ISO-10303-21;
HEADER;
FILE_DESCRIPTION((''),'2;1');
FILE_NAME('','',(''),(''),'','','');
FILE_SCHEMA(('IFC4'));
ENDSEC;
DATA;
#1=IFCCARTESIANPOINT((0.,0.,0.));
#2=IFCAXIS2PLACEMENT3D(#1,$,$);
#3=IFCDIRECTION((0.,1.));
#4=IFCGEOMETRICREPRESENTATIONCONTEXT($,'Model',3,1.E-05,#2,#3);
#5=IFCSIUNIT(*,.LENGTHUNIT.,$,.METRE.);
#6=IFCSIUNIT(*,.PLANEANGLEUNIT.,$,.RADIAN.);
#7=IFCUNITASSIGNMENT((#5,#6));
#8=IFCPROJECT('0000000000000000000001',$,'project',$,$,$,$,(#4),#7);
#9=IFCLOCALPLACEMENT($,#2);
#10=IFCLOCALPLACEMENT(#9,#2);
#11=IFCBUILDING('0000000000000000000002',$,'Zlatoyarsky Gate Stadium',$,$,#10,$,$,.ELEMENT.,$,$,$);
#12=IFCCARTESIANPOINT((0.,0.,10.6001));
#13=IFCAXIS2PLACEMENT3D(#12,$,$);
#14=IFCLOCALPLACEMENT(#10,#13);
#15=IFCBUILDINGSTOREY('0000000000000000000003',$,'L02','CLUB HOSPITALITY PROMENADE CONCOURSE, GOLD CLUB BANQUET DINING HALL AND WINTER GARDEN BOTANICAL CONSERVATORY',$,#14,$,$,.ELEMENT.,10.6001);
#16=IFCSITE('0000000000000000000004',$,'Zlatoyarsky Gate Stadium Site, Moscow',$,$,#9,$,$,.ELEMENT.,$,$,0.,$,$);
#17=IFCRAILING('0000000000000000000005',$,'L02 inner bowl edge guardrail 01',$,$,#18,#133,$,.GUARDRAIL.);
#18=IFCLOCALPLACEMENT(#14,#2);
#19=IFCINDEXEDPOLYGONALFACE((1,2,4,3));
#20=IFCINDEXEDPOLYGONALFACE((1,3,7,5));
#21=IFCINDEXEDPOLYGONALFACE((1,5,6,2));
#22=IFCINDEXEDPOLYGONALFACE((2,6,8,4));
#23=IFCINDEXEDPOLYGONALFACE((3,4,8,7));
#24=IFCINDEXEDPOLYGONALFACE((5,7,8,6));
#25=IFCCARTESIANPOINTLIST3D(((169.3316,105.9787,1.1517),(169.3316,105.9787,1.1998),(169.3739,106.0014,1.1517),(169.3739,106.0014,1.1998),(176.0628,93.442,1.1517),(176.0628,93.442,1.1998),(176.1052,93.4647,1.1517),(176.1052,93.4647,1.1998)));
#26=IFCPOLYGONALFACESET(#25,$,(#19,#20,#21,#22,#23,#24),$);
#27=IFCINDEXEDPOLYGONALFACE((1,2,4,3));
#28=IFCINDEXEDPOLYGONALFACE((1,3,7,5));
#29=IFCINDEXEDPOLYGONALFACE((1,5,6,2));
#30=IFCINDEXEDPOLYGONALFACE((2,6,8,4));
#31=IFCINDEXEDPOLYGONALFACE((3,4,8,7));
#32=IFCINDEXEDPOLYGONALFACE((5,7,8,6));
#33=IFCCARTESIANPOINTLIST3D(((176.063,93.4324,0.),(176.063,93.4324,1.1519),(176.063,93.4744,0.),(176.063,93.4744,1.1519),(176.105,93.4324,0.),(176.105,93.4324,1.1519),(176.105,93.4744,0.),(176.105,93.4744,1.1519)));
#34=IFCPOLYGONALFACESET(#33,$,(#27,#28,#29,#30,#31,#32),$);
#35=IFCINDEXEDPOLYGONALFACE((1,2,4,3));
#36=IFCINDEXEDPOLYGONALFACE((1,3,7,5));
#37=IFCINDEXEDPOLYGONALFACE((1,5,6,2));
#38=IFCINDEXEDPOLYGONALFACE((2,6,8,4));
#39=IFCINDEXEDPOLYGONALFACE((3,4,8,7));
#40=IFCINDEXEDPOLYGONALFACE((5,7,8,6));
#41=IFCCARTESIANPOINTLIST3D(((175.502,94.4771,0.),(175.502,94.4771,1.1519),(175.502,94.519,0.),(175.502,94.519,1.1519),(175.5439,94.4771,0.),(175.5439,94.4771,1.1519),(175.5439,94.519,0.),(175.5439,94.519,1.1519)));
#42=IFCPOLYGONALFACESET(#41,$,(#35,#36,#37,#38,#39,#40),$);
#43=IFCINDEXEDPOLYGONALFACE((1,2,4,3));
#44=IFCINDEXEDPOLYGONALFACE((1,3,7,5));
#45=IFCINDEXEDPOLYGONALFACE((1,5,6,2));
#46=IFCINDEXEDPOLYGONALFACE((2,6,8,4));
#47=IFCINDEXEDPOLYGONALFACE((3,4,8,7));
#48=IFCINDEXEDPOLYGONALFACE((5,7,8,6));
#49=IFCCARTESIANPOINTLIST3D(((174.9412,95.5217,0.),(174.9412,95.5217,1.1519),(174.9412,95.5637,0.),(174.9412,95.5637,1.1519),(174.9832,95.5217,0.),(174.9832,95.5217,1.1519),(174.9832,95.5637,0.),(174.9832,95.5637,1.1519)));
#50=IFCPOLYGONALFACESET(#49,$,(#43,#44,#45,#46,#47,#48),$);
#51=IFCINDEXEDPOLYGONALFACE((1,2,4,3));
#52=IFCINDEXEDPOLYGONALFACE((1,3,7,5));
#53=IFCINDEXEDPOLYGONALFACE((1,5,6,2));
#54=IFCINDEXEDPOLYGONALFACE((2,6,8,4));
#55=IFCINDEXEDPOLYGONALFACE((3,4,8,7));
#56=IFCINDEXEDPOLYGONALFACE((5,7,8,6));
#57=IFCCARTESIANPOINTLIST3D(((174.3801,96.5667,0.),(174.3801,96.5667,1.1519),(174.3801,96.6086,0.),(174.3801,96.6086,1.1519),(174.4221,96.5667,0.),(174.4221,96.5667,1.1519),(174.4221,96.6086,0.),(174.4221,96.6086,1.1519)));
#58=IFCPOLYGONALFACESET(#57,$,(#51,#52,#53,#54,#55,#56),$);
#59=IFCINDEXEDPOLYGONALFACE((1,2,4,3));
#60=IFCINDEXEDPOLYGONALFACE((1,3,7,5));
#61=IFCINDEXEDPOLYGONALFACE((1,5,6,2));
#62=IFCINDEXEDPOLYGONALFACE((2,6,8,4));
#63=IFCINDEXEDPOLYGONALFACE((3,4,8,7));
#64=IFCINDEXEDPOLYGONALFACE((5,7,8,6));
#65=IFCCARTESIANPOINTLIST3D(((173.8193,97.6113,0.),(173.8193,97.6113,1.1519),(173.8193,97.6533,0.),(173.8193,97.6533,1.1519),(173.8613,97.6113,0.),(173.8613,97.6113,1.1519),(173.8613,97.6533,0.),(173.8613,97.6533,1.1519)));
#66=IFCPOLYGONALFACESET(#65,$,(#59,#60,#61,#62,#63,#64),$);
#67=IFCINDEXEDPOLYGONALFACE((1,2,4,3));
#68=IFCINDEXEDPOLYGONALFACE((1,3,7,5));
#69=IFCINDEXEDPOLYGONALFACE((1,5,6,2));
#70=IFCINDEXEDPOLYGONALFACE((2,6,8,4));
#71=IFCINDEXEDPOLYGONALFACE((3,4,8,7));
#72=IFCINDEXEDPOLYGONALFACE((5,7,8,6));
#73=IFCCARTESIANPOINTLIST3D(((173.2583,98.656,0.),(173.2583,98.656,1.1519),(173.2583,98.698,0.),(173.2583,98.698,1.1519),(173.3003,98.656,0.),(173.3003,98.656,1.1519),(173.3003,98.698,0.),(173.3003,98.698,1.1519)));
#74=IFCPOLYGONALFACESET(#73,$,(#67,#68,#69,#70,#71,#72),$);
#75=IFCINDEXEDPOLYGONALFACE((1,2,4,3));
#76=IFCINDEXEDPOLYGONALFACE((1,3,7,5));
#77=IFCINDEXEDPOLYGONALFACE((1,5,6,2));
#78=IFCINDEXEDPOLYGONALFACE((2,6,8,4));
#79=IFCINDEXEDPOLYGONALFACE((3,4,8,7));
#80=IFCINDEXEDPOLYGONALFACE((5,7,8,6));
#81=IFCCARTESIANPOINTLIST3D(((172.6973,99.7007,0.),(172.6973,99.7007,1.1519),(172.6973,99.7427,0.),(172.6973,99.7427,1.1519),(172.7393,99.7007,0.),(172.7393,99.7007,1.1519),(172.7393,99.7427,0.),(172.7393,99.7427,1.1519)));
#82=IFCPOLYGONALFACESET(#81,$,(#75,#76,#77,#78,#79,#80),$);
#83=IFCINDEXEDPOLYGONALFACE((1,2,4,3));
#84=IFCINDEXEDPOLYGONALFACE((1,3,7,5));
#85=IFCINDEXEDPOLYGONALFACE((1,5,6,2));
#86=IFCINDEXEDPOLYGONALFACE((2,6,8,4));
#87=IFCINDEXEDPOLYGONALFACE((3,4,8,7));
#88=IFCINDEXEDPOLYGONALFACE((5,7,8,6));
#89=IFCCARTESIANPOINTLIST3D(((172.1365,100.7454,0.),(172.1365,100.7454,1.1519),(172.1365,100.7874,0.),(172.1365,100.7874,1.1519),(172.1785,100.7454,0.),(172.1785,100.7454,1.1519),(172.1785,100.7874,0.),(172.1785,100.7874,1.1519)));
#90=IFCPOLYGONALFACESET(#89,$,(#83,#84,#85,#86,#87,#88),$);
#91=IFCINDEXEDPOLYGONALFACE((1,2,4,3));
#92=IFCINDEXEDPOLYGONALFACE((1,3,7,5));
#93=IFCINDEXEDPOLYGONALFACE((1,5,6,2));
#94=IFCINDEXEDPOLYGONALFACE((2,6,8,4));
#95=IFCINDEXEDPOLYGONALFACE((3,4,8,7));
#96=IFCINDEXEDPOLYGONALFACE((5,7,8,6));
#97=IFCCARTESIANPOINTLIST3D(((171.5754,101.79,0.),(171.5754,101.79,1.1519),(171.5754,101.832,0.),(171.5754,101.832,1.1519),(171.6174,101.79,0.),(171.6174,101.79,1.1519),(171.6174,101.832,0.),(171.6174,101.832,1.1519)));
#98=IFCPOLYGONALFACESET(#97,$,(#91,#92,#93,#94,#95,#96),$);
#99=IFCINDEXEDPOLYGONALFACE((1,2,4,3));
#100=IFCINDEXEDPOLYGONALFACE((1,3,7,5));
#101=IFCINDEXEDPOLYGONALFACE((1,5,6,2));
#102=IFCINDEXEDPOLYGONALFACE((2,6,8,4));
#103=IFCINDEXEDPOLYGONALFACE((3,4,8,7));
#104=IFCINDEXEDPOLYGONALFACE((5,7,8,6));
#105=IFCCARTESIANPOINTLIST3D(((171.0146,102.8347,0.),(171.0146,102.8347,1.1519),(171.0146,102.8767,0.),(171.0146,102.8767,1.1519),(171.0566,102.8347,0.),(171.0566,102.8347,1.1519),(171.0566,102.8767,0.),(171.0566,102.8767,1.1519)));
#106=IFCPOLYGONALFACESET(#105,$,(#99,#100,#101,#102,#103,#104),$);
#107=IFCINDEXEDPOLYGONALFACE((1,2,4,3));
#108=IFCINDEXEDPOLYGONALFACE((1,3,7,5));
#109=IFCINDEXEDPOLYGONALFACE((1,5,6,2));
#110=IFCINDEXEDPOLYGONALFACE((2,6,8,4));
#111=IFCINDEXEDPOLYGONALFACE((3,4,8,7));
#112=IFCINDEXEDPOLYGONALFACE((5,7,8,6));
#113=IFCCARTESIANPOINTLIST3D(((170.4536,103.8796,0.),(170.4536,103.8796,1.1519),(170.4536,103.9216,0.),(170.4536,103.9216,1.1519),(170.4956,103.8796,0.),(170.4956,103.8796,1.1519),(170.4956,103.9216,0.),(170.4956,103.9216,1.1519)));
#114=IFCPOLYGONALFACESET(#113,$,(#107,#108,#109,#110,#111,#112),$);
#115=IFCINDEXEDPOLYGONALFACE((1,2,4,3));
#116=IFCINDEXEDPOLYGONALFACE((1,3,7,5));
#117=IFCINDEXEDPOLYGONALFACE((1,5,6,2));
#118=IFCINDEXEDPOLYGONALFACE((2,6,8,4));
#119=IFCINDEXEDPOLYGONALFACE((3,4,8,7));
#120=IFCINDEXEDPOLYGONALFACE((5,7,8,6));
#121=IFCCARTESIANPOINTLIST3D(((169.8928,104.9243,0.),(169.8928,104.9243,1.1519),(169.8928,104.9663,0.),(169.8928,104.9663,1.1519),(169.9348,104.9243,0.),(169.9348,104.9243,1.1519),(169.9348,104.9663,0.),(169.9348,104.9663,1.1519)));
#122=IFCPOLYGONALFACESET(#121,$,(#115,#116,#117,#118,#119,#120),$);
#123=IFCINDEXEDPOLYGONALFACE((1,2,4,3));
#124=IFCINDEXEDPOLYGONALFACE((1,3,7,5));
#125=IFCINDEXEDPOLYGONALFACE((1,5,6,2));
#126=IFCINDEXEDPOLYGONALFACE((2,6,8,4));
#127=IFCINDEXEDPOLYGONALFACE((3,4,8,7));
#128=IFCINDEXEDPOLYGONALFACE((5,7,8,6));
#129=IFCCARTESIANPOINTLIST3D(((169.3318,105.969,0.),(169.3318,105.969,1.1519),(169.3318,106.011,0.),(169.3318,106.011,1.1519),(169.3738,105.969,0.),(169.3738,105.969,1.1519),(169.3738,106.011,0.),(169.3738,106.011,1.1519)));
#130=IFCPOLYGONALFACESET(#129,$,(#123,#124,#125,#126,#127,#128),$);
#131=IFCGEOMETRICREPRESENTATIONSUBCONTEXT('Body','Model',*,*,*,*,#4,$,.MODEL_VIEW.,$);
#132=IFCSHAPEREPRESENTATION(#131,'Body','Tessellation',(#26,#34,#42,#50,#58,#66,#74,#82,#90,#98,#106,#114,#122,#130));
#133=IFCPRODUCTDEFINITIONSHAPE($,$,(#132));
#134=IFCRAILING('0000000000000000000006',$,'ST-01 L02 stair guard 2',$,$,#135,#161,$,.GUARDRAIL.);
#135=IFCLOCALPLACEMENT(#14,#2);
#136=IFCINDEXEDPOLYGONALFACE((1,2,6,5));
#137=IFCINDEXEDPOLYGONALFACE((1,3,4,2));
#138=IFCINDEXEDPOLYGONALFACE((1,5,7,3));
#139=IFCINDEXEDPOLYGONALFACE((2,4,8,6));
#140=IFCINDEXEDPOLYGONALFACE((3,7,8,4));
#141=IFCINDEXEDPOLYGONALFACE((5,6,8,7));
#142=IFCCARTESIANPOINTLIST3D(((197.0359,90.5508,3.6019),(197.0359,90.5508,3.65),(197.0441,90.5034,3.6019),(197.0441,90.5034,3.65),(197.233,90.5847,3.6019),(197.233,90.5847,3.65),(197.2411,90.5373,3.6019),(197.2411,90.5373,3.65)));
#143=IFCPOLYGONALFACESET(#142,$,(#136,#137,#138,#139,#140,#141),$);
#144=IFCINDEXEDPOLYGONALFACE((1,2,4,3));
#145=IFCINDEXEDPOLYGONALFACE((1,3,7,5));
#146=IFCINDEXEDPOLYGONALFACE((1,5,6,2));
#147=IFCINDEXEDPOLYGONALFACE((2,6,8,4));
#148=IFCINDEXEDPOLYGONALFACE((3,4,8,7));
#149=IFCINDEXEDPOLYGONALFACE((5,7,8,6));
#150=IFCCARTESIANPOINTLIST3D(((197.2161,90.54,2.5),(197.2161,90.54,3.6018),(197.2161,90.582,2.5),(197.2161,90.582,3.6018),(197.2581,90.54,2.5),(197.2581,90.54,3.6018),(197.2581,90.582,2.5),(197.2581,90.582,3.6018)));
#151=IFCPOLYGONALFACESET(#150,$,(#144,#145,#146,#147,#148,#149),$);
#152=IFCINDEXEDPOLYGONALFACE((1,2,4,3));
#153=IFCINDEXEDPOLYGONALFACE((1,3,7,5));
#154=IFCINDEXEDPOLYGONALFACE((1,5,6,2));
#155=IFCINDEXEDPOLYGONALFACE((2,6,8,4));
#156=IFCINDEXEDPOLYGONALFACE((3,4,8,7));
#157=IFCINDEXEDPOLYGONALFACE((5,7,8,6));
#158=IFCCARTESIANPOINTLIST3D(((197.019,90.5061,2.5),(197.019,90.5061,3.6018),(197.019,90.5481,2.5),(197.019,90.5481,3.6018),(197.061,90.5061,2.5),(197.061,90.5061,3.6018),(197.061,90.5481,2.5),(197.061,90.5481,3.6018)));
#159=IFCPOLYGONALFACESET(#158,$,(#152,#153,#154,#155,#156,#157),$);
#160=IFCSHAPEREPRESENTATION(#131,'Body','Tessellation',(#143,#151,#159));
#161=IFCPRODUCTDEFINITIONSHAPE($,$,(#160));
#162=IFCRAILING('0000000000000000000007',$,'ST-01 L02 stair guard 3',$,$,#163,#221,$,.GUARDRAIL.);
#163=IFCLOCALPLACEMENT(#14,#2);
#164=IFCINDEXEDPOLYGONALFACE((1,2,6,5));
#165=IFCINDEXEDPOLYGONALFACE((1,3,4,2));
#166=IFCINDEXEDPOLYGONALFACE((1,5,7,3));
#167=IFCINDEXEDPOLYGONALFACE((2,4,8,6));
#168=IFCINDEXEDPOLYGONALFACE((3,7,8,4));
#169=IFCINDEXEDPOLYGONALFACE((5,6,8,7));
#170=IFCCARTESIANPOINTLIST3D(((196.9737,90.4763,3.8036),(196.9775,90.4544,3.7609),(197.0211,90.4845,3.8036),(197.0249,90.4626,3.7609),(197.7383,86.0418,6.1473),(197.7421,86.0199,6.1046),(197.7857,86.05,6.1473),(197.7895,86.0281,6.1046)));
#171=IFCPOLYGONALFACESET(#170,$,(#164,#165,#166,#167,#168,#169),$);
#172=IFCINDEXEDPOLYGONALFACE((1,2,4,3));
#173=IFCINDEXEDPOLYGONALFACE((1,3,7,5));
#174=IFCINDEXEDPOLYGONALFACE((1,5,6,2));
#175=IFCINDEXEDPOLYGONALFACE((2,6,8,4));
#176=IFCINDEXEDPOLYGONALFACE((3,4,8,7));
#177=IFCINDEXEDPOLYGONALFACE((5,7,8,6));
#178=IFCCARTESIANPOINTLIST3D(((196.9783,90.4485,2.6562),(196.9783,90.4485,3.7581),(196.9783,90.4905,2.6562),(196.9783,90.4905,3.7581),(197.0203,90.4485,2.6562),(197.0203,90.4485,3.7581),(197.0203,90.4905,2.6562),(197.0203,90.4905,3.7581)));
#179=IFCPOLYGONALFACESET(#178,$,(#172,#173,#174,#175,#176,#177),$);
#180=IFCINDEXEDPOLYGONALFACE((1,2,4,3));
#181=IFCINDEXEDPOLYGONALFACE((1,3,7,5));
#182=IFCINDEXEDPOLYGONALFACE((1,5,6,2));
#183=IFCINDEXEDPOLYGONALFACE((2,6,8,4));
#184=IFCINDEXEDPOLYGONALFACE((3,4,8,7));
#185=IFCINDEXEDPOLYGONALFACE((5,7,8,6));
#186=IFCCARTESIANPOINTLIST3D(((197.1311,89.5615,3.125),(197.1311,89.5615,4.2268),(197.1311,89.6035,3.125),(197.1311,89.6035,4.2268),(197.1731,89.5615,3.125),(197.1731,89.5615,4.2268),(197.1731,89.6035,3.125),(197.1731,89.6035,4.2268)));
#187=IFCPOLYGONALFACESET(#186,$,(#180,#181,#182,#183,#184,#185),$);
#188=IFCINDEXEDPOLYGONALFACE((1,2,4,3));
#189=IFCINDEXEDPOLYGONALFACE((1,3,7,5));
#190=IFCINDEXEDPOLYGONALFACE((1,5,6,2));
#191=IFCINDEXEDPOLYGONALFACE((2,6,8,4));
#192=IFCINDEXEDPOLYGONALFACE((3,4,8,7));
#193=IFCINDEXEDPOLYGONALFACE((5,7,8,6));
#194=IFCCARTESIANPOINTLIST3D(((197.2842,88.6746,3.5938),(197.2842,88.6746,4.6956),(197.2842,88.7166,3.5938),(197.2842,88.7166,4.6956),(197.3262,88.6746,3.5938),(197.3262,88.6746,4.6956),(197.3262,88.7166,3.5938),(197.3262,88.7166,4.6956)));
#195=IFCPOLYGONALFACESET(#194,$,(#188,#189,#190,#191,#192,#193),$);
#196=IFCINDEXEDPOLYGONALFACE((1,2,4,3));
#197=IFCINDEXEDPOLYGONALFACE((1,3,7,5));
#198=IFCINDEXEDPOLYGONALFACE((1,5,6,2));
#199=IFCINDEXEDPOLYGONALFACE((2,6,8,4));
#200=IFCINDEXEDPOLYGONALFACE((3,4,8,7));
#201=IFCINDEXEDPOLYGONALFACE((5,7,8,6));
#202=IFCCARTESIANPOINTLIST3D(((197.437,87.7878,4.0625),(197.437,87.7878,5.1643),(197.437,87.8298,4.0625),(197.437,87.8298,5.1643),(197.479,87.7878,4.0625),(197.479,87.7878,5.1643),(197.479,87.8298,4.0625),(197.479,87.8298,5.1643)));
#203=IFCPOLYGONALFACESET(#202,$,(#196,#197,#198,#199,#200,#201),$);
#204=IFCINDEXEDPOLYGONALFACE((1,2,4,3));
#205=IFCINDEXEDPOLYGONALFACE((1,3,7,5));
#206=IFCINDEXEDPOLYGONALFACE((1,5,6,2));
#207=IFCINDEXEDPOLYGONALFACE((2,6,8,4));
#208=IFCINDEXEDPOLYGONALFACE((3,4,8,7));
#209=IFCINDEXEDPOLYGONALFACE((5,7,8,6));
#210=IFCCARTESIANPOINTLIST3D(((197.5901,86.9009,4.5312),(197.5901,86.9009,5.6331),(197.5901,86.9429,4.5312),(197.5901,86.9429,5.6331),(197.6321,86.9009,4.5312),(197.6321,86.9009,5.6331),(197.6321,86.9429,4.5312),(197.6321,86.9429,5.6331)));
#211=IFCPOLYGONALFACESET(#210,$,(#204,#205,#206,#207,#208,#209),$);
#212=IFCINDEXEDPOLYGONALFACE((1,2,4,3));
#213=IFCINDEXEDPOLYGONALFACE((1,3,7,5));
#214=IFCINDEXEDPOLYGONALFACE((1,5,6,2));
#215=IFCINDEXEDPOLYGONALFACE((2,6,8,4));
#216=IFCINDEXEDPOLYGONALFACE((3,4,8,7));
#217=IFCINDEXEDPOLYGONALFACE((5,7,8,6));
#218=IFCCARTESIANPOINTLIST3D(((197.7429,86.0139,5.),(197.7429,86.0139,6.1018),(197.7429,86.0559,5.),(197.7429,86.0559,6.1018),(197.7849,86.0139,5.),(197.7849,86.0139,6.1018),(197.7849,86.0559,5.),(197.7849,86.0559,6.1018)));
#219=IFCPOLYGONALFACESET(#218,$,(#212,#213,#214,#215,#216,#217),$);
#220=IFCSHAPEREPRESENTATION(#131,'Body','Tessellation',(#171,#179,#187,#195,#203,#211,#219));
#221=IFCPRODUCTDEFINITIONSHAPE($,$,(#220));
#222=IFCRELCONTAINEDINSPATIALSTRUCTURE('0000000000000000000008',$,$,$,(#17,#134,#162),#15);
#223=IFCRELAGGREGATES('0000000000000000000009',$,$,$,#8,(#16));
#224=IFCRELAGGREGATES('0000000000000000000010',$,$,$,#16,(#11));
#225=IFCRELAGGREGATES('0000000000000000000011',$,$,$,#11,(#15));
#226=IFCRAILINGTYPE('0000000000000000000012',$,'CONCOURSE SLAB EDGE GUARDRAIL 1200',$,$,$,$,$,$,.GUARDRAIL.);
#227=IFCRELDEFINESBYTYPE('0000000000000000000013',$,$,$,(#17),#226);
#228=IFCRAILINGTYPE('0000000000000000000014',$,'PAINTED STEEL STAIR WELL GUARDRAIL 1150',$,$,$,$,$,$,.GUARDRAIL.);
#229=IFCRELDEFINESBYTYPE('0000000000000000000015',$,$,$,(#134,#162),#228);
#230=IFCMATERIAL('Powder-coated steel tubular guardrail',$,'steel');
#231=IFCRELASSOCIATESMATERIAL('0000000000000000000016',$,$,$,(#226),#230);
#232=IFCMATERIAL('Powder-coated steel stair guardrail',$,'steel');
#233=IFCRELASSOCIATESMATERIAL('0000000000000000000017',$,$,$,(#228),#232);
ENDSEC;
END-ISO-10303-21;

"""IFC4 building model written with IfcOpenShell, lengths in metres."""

from ifc_helpers import new_model, si_unit, direction, frame, origin, origin_2d, place, context, subcontext, project, spatial, rectangle, extrude, material, type_object, element, save


model = new_model("IFC4")

# Units and contexts
model_context = context("Model", 3, precision=1e-05, world=origin(), true_north=direction((0.0, 1.0)))
body_context = subcontext(model_context, "Body", "Model", "MODEL_VIEW")
ifc_project = project(units=[si_unit("LENGTHUNIT", "METRE"), si_unit("PLANEANGLEUNIT", "RADIAN")], contexts=[model_context])

# Site, building, storey
site_placement = place(None, origin())
site = spatial("IfcSite", under=ifc_project, at=site_placement, Name="Zlatoyarsky Gate Stadium Site, Moscow", CompositionType="ELEMENT", RefElevation=0.0)
building_placement = place(site_placement, origin())
building = spatial("IfcBuilding", under=site, at=building_placement, Name="Zlatoyarsky Gate Stadium", CompositionType="ELEMENT")
storey_placement = place(building_placement, frame((0.0, 0.0, 10.6001)))
storey = spatial("IfcBuildingStorey", under=building, at=storey_placement, Name="L02", Description="CLUB HOSPITALITY PROMENADE CONCOURSE, GOLD CLUB BANQUET DINING HALL AND WINTER GARDEN BOTANICAL CONSERVATORY", CompositionType="ELEMENT", Elevation=10.6001)

# Railings
ifc_material_1 = material(Name="Powder-coated steel tubular guardrail", Category="steel")
railing_type_1 = type_object("IfcRailingType", Name="CONCOURSE SLAB EDGE GUARDRAIL 1200", PredefinedType="GUARDRAIL", material=ifc_material_1)
railing_1_placement = place(storey_placement, frame((176.084, 93.4534, 0.0)))
element("IfcRailing", 1, at=railing_1_placement, inside=storey, type_object=railing_type_1, Name="L02 inner bowl edge guardrail 01", PredefinedType="GUARDRAIL", context=body_context, shape_type="SweptSolid", body=[
    extrude(rectangle(XDim=0.0481, YDim=0.0481, at=origin_2d()), frame((0.0, 0.0, 1.1758), z_axis=(-0.473049, 0.881036, 0.0), x_axis=(-0.881036, -0.473049, 0.0)), (0.0, 0.0, 1.0), 14.2295),
    extrude(rectangle(XDim=0.042, YDim=0.042, at=origin_2d()), origin(), (0.0, 0.0, 1.0), 1.1519),
    extrude(rectangle(XDim=0.042, YDim=0.042, at=origin_2d()), frame((-0.561, 1.0447, 0.0)), (0.0, 0.0, 1.0), 1.1519),
    extrude(rectangle(XDim=0.042, YDim=0.042, at=origin_2d()), frame((-1.1218, 2.0894, 0.0)), (0.0, 0.0, 1.0), 1.1519),
    extrude(rectangle(XDim=0.042, YDim=0.042, at=origin_2d()), frame((-1.6829, 3.1343, 0.0)), (0.0, 0.0, 1.0), 1.1519),
    extrude(rectangle(XDim=0.042, YDim=0.042, at=origin_2d()), frame((-2.2437, 4.179, 0.0)), (0.0, 0.0, 1.0), 1.1519),
    extrude(rectangle(XDim=0.042, YDim=0.042, at=origin_2d()), frame((-2.8047, 5.2236, 0.0)), (0.0, 0.0, 1.0), 1.1519),
    extrude(rectangle(XDim=0.042, YDim=0.042, at=origin_2d()), frame((-3.3657, 6.2683, 0.0)), (0.0, 0.0, 1.0), 1.1519),
    extrude(rectangle(XDim=0.042, YDim=0.042, at=origin_2d()), frame((-3.9265, 7.313, 0.0)), (0.0, 0.0, 1.0), 1.1519),
    extrude(rectangle(XDim=0.042, YDim=0.042, at=origin_2d()), frame((-4.4875, 8.3577, 0.0)), (0.0, 0.0, 1.0), 1.1519),
    extrude(rectangle(XDim=0.042, YDim=0.042, at=origin_2d()), frame((-5.0483, 9.4023, 0.0)), (0.0, 0.0, 1.0), 1.1519),
    extrude(rectangle(XDim=0.042, YDim=0.042, at=origin_2d()), frame((-5.6094, 10.4473, 0.0)), (0.0, 0.0, 1.0), 1.1519),
    extrude(rectangle(XDim=0.042, YDim=0.042, at=origin_2d()), frame((-6.1702, 11.4919, 0.0)), (0.0, 0.0, 1.0), 1.1519),
    extrude(rectangle(XDim=0.042, YDim=0.042, at=origin_2d()), frame((-6.7312, 12.5366, 0.0)), (0.0, 0.0, 1.0), 1.1519),
])
ifc_material_2 = material(Name="Powder-coated steel stair guardrail", Category="steel")
railing_type_2 = type_object("IfcRailingType", Name="PAINTED STEEL STAIR WELL GUARDRAIL 1150", PredefinedType="GUARDRAIL", material=ifc_material_2)
railing_2_placement = place(storey_placement, frame((197.2371, 90.561, 2.5)))
element("IfcRailing", 2, at=railing_2_placement, inside=storey, type_object=railing_type_2, Name="ST-01 L02 stair guard 2", PredefinedType="GUARDRAIL", context=body_context, shape_type="SweptSolid", body=[
    extrude(rectangle(XDim=0.0481, YDim=0.0481, at=origin_2d()), frame((0.0, 0.0, 1.126), z_axis=(-0.985488, -0.169743, 0.0), x_axis=(0.169743, -0.985488, 0.0)), (0.0, 0.0, 1.0), 0.2),
    extrude(rectangle(XDim=0.042, YDim=0.042, at=origin_2d()), origin(), (0.0, 0.0, 1.0), 1.1018),
    extrude(rectangle(XDim=0.042, YDim=0.042, at=origin_2d()), frame((-0.197, -0.0339, 0.0)), (0.0, 0.0, 1.0), 1.1018),
])
railing_3_placement = place(storey_placement, frame((196.9993, 90.4695, 2.6562)))
element("IfcRailing", 3, at=railing_3_placement, inside=storey, type_object=railing_type_2, Name="ST-01 L02 stair guard 3", PredefinedType="GUARDRAIL", context=body_context, shape_type="SweptSolid", body=[
    extrude(rectangle(XDim=0.0481, YDim=0.0481, at=origin_2d()), frame((0.0, 0.0, 1.126), z_axis=(0.150706, -0.874017, 0.461934), x_axis=(0.985458, 0.169921, 0.0)), (0.0, 0.0, 1.0), 5.0737),
    extrude(rectangle(XDim=0.042, YDim=0.042, at=origin_2d()), origin(), (0.0, 0.0, 1.0), 1.1018),
    extrude(rectangle(XDim=0.042, YDim=0.042, at=origin_2d()), frame((0.1528, -0.887, 0.4688)), (0.0, 0.0, 1.0), 1.1018),
    extrude(rectangle(XDim=0.042, YDim=0.042, at=origin_2d()), frame((0.3059, -1.7739, 0.9375)), (0.0, 0.0, 1.0), 1.1018),
    extrude(rectangle(XDim=0.042, YDim=0.042, at=origin_2d()), frame((0.4587, -2.6606, 1.4062)), (0.0, 0.0, 1.0), 1.1018),
    extrude(rectangle(XDim=0.042, YDim=0.042, at=origin_2d()), frame((0.6118, -3.5476, 1.875)), (0.0, 0.0, 1.0), 1.1018),
    extrude(rectangle(XDim=0.042, YDim=0.042, at=origin_2d()), frame((0.7646, -4.4346, 2.3438)), (0.0, 0.0, 1.0), 1.1018),
])

save(model, "model.ifc")
